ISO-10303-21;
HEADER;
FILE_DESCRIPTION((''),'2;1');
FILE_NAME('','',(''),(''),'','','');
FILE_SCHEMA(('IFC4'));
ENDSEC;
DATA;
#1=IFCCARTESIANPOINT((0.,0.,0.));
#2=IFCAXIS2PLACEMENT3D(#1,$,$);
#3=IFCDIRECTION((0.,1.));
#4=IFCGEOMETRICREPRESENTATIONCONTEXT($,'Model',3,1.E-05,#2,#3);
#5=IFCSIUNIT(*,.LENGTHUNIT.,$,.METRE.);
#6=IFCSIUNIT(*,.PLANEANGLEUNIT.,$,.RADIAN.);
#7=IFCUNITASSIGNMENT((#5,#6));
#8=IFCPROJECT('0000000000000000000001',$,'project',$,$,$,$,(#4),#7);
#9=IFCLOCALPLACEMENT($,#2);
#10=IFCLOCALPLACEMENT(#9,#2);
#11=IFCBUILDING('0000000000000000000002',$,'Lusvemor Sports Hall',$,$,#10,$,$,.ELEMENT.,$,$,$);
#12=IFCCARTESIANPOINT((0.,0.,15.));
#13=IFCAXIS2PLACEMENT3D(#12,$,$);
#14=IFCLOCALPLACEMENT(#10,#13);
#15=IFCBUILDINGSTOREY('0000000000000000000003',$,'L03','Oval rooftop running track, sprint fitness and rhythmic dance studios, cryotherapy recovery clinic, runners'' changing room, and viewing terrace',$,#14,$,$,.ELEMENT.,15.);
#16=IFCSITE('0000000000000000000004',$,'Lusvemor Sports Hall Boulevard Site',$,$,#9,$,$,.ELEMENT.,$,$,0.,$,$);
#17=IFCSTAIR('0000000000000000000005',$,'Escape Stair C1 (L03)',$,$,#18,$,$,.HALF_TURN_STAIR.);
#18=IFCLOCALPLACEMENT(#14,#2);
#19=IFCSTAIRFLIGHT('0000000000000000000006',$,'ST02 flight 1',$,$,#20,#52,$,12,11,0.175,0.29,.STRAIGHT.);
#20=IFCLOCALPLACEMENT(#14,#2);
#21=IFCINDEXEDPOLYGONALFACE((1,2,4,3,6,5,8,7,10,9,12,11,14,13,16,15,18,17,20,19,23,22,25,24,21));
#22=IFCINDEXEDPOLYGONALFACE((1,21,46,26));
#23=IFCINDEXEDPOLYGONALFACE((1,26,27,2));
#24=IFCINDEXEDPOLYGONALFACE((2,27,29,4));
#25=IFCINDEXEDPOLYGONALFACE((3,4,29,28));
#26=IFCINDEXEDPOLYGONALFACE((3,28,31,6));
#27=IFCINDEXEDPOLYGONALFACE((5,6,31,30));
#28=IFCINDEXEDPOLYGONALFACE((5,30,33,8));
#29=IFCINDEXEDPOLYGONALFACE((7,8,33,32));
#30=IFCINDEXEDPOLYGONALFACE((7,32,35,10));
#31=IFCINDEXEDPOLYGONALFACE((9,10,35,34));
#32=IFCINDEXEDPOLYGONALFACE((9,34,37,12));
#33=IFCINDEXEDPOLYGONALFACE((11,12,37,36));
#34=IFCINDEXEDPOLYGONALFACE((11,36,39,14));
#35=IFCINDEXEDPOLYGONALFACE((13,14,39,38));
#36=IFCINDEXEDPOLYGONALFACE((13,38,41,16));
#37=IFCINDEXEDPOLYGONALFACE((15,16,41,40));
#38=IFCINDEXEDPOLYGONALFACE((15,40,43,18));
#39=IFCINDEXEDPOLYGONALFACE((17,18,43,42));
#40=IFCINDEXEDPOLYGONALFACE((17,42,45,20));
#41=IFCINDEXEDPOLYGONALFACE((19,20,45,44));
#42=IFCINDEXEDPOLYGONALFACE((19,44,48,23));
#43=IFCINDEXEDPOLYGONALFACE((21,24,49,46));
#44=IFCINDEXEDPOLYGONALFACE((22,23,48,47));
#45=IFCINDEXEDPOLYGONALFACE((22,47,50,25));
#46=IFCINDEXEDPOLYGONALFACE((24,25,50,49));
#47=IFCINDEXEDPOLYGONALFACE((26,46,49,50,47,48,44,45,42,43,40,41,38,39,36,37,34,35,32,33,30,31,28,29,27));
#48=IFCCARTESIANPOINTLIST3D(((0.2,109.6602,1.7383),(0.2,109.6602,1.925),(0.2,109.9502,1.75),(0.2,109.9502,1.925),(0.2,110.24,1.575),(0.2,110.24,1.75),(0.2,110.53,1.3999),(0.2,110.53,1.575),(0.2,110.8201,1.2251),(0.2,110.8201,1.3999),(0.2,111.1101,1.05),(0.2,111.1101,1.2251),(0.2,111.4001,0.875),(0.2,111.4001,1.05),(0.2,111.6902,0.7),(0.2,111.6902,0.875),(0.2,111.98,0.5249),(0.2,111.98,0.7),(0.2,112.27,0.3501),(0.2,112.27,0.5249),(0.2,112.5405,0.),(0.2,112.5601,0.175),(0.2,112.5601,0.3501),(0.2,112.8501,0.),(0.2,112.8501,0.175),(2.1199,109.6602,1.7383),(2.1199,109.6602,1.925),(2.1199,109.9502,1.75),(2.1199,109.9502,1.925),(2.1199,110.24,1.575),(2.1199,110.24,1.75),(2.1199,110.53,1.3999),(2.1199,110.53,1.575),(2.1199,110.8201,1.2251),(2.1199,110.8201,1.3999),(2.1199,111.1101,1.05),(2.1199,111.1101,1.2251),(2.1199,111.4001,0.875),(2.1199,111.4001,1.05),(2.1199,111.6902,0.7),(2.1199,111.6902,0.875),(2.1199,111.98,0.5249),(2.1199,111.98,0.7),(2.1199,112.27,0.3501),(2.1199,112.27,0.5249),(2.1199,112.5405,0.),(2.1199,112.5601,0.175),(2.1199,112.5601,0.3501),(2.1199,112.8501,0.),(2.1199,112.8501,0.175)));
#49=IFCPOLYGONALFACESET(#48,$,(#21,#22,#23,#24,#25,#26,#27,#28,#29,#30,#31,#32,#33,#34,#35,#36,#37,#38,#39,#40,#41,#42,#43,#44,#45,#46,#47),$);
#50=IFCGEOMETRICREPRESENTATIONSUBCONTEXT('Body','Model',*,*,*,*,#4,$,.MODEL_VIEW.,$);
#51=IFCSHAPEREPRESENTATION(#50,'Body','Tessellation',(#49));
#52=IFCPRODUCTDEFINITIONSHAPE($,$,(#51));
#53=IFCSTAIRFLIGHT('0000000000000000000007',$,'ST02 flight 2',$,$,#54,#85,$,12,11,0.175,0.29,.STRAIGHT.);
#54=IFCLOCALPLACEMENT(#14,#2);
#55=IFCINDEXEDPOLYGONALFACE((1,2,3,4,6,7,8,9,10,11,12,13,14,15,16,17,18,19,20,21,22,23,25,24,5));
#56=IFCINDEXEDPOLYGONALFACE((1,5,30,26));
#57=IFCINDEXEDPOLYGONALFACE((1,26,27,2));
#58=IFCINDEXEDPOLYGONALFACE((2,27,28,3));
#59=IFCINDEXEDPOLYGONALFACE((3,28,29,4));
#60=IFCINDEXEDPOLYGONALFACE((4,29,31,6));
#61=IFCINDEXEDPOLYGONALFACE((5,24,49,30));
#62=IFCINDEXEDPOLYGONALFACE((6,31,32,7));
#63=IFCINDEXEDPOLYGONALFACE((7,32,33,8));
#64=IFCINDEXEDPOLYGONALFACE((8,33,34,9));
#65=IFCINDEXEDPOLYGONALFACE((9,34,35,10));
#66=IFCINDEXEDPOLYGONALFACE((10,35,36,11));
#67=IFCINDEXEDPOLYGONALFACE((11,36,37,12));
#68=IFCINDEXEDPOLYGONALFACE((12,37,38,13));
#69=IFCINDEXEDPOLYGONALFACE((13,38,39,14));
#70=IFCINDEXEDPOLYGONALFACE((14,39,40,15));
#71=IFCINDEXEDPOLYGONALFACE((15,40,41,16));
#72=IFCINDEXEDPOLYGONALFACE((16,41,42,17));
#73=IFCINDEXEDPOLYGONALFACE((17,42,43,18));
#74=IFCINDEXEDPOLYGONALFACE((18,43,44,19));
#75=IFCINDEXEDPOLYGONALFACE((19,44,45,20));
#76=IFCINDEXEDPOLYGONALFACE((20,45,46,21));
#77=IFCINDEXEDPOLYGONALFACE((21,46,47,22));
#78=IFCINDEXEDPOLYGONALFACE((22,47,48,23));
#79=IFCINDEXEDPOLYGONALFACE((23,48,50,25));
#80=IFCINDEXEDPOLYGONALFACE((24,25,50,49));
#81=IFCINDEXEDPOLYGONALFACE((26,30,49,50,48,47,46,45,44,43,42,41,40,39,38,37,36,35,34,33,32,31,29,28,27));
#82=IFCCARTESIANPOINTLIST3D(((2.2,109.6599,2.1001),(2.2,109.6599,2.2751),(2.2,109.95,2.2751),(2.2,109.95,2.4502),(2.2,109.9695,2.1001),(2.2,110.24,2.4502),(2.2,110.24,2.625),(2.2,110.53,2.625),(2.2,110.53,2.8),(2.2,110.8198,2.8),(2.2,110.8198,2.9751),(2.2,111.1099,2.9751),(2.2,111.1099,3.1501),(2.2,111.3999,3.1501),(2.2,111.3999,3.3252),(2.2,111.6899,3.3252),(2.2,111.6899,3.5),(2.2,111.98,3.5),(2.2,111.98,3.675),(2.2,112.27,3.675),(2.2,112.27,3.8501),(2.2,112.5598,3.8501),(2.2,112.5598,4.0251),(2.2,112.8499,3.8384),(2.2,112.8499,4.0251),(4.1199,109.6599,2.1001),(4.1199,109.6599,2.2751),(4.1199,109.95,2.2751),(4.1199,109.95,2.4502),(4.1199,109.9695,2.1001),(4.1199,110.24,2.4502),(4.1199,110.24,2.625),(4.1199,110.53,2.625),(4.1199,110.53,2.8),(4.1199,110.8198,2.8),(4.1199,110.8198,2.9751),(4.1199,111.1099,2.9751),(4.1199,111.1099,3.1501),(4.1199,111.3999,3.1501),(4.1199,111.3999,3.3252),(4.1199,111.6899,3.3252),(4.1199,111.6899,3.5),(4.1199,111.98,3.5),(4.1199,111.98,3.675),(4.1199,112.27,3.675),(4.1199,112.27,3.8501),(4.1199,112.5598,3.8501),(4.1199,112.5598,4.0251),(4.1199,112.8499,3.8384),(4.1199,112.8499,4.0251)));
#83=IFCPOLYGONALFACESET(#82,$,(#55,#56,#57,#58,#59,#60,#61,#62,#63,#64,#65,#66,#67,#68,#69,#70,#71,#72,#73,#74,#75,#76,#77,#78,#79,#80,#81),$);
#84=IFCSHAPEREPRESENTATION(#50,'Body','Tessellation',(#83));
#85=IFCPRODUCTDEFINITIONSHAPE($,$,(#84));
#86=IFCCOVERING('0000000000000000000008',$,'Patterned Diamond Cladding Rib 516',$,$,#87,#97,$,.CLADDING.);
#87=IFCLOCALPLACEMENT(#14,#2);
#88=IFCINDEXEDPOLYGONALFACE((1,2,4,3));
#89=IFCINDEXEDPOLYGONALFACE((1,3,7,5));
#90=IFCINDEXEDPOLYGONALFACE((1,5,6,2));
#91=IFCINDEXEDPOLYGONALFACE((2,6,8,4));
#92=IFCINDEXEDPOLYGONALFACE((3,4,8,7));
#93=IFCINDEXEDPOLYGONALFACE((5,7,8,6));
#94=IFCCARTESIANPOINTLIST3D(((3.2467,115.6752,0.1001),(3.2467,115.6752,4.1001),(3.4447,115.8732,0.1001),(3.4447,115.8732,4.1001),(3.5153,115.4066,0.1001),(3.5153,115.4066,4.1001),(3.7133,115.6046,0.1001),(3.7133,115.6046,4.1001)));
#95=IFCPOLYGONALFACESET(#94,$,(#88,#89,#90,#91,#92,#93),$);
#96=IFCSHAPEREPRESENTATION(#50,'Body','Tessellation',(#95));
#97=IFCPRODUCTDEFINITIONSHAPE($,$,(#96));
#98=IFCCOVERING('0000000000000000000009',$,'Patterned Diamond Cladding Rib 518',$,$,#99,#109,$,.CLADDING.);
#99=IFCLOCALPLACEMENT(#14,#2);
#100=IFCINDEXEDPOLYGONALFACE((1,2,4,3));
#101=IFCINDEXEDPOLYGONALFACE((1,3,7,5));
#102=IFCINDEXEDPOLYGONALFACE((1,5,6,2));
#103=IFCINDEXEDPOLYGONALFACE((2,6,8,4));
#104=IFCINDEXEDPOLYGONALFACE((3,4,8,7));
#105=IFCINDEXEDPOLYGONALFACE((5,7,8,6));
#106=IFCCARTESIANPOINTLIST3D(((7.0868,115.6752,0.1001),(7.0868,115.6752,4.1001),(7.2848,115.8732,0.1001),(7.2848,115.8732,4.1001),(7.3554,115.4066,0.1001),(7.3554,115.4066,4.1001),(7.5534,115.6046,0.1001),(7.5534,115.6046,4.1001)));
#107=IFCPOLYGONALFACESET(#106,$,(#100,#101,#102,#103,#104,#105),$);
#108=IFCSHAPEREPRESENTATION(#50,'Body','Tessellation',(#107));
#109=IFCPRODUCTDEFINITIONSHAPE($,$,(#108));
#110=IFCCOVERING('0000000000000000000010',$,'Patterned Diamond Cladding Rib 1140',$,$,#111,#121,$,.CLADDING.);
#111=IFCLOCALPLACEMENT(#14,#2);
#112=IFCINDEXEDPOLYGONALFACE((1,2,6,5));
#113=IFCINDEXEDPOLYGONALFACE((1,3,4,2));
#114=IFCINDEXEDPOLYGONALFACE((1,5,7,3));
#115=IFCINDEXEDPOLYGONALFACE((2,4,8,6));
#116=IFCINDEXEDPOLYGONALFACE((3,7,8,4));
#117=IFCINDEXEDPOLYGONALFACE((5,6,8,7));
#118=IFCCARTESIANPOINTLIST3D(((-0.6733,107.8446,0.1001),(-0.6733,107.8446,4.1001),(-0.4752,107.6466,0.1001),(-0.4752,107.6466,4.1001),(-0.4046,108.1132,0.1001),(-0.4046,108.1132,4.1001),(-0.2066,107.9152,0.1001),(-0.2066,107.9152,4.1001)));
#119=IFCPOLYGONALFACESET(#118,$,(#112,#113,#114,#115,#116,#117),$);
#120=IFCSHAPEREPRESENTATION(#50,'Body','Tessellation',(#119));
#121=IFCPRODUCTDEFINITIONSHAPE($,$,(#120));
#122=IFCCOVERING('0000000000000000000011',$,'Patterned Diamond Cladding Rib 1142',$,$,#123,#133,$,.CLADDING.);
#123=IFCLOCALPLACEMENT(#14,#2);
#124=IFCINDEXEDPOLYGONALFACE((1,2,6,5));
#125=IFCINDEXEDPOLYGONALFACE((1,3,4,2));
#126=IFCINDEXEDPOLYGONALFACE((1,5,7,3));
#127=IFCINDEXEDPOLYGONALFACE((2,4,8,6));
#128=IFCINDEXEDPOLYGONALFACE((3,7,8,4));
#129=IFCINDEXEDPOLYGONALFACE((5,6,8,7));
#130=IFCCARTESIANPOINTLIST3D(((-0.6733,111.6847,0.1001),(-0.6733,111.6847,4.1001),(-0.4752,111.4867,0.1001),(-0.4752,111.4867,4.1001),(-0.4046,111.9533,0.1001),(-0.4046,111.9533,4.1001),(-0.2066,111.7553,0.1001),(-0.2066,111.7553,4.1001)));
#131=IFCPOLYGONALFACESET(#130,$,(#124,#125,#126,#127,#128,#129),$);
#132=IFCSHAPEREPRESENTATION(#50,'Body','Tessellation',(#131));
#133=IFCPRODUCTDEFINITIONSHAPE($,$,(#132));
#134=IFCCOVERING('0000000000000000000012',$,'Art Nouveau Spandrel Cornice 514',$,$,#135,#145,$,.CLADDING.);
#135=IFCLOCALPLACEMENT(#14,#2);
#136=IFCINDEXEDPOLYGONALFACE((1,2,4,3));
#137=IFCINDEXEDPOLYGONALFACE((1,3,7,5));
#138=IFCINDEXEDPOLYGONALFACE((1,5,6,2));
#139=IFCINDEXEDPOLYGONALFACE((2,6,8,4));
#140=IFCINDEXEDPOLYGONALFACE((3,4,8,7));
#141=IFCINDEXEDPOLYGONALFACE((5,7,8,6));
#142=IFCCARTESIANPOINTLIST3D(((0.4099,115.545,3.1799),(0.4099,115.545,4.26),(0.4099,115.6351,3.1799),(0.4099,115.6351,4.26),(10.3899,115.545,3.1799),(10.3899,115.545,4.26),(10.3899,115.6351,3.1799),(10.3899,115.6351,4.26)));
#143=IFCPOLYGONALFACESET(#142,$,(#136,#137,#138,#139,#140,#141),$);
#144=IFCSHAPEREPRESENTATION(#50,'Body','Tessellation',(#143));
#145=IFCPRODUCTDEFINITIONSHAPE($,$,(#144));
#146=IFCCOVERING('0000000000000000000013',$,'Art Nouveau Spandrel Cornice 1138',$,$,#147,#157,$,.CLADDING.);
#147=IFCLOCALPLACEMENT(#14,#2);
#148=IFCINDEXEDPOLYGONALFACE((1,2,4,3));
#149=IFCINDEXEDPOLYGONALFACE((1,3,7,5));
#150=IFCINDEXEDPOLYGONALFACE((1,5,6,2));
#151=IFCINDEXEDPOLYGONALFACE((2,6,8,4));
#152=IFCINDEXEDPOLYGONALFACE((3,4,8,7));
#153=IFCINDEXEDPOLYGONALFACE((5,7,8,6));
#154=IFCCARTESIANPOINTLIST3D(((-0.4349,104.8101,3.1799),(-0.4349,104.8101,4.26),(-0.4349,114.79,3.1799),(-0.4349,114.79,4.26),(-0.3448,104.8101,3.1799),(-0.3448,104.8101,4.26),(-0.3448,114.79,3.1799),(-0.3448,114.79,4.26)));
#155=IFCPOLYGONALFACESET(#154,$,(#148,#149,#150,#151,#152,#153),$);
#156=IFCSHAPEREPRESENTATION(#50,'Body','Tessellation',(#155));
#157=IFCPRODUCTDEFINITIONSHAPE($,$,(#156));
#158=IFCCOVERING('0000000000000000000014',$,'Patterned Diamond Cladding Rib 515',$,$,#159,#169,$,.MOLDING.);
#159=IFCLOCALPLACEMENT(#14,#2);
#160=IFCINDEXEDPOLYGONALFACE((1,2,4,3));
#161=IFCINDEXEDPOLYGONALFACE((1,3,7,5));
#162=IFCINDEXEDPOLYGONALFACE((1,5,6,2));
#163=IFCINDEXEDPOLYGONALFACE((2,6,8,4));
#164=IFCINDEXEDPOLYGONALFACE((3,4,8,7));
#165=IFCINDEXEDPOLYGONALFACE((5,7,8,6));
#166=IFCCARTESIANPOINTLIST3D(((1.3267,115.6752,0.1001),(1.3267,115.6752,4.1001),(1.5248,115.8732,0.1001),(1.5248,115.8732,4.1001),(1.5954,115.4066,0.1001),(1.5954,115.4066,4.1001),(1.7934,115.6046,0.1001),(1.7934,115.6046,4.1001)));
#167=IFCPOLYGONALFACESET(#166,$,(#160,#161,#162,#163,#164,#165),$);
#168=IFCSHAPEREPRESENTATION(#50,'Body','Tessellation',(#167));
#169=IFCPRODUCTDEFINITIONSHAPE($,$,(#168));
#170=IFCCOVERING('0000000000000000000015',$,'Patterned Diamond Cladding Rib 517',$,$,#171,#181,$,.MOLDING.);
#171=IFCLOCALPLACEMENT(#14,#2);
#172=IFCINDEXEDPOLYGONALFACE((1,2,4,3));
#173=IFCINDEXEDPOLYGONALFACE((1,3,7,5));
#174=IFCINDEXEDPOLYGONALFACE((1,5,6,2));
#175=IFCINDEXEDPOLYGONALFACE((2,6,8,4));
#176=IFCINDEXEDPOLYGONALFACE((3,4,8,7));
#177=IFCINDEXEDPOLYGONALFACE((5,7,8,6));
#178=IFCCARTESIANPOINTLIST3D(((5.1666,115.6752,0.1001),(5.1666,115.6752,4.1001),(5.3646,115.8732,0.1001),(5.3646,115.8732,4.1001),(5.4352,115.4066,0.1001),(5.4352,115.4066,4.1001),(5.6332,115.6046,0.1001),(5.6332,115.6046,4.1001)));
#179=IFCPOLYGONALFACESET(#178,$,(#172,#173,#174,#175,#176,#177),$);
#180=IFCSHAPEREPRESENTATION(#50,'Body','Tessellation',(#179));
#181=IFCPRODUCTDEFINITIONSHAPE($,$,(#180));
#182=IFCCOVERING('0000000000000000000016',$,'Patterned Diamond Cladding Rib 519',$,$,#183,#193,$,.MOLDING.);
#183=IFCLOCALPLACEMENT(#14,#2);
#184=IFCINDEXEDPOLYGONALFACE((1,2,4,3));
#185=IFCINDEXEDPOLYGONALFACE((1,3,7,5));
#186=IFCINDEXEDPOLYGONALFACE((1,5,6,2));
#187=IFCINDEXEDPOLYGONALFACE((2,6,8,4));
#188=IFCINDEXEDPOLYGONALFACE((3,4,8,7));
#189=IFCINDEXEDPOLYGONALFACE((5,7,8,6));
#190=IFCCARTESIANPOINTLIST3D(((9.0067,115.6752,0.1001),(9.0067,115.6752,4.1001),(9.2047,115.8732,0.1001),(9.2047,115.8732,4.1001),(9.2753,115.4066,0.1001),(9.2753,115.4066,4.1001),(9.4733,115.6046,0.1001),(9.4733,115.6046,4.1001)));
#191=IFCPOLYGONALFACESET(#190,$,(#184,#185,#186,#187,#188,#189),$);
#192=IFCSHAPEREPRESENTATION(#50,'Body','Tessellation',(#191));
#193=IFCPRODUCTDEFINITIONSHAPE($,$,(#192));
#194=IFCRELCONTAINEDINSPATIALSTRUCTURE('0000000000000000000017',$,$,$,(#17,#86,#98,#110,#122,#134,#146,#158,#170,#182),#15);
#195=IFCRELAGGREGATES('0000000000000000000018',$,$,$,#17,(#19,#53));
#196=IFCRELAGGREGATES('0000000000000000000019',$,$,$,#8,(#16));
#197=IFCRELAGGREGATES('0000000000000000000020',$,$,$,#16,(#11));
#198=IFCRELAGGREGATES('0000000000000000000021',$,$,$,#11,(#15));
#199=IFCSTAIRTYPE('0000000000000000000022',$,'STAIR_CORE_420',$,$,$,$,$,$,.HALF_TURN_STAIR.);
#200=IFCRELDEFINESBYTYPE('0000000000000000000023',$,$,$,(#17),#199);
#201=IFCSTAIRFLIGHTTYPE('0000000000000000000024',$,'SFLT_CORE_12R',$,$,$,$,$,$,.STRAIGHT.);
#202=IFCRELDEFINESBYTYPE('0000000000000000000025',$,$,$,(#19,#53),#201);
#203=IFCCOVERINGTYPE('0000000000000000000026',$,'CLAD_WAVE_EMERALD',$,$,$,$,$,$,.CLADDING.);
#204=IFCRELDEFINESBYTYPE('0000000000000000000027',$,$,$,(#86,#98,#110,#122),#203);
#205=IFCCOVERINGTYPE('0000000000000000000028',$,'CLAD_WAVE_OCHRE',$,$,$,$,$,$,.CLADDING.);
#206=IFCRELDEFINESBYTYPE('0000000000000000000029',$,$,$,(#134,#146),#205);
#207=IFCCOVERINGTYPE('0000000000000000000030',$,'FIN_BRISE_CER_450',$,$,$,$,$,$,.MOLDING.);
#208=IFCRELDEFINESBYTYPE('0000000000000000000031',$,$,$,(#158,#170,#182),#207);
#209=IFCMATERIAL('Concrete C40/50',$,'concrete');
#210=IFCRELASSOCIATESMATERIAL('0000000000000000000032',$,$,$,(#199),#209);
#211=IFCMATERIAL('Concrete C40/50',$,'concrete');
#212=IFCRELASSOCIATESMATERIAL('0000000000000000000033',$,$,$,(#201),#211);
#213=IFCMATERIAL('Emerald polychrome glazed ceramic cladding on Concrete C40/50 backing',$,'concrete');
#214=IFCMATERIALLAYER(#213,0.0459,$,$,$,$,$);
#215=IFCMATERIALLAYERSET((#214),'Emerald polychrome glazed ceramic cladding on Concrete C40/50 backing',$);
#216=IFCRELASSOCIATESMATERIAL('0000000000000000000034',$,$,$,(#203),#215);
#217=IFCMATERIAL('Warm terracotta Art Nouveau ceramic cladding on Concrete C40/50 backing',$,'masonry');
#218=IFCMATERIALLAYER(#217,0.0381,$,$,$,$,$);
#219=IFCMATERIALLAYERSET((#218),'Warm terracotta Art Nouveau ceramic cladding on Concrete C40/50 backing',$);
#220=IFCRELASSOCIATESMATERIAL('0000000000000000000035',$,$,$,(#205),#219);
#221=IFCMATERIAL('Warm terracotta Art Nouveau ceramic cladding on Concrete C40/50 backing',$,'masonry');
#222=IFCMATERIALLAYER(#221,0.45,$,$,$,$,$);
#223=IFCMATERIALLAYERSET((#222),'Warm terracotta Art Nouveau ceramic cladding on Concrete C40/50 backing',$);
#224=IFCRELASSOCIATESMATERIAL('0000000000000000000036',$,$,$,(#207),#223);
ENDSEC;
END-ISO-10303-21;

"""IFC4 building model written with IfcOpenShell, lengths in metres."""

from ifc_helpers import new_model, si_unit, direction, frame, origin, origin_2d, place, context, subcontext, project, spatial, polyline, rectangle, outline, extrude, material, layer, layer_set, type_object, element, aggregate, save


model = new_model("IFC4")

# Units and contexts
model_context = context("Model", 3, precision=1e-05, world=origin(), true_north=direction((0.0, 1.0)))
body_context = subcontext(model_context, "Body", "Model", "MODEL_VIEW")
ifc_project = project(units=[si_unit("LENGTHUNIT", "METRE"), si_unit("PLANEANGLEUNIT", "RADIAN")], contexts=[model_context])

# Site, building, storey
site_placement = place(None, origin())
site = spatial("IfcSite", under=ifc_project, at=site_placement, Name="Lusvemor Sports Hall Boulevard Site", CompositionType="ELEMENT", RefElevation=0.0)
building_placement = place(site_placement, origin())
building = spatial("IfcBuilding", under=site, at=building_placement, Name="Lusvemor Sports Hall", CompositionType="ELEMENT")
storey_placement = place(building_placement, frame((0.0, 0.0, 15.0)))
storey = spatial("IfcBuildingStorey", under=building, at=storey_placement, Name="L03", Description="Oval rooftop running track, sprint fitness and rhythmic dance studios, cryotherapy recovery clinic, runners' changing room, and viewing terrace", CompositionType="ELEMENT", Elevation=15.0)

# Stair, stair flights
ifc_material_1 = material(Name="Concrete C40/50", Category="concrete")
stair_type = type_object("IfcStairType", Name="STAIR_CORE_420", PredefinedType="HALF_TURN_STAIR", material=ifc_material_1)
stair_placement = place(storey_placement, origin())
stair = element("IfcStair", 1, at=stair_placement, inside=storey, type_object=stair_type, Name="Escape Stair C1 (L03)", PredefinedType="HALF_TURN_STAIR")
ifc_material_2 = material(Name="Concrete C40/50", Category="concrete")
stair_flight_type = type_object("IfcStairFlightType", Name="SFLT_CORE_12R", PredefinedType="STRAIGHT", material=ifc_material_2)
stair_flight_1_placement = place(storey_placement, frame((1.1599, 112.8501, 0.0), z_axis=(0.0, 0.0, 1.0), x_axis=(0.0, -1.0, 0.0)))
stair_flight_1 = element("IfcStairFlight", 2, at=stair_flight_1_placement, type_object=stair_flight_type, Name="ST02 flight 1", NumberOfRisers=12, NumberOfTreads=11, PredefinedType="STRAIGHT", RiserHeight=0.175, TreadLength=0.29, context=body_context, shape_type="SweptSolid", body=[
    extrude(outline(polyline([(0.0, 0.0), (0.0, 0.175), (0.29, 0.175), (0.29, 0.3501), (0.5801, 0.3501), (0.5801, 0.5249), (0.8701, 0.5249), (0.8701, 0.7), (1.1599, 0.7), (1.1599, 0.875), (1.45, 0.875), (1.45, 1.05), (1.74, 1.05), (1.74, 1.2251), (2.03, 1.2251), (2.03, 1.3999), (2.3201, 1.3999), (2.3201, 1.575), (2.6101, 1.575), (2.6101, 1.75), (2.8999, 1.75), (2.8999, 1.925), (3.1899, 1.925), (3.1899, 2.1001), (3.1899, 1.7383), (0.3096, 0.0), (0.0, 0.0)])), frame((0.0, 0.96, 0.0), z_axis=(0.0, -1.0, 0.0), x_axis=(1.0, 0.0, 0.0)), (0.0, 0.0, 1.0), 1.9199),
])
stair_flight_2_placement = place(storey_placement, frame((3.1599, 109.6599, 2.1001), z_axis=(0.0, 0.0, 1.0), x_axis=(0.0, 1.0, 0.0)))
stair_flight_2 = element("IfcStairFlight", 3, at=stair_flight_2_placement, type_object=stair_flight_type, Name="ST02 flight 2", NumberOfRisers=12, NumberOfTreads=11, PredefinedType="STRAIGHT", RiserHeight=0.175, TreadLength=0.29, context=body_context, shape_type="SweptSolid", body=[
    extrude(outline(polyline([(0.0, 0.0), (0.0, 0.175), (0.29, 0.175), (0.29, 0.3501), (0.5801, 0.3501), (0.5801, 0.5249), (0.8701, 0.5249), (0.8701, 0.7), (1.1599, 0.7), (1.1599, 0.875), (1.45, 0.875), (1.45, 1.05), (1.74, 1.05), (1.74, 1.2251), (2.03, 1.2251), (2.03, 1.3999), (2.3201, 1.3999), (2.3201, 1.575), (2.6101, 1.575), (2.6101, 1.75), (2.8999, 1.75), (2.8999, 1.925), (3.1899, 1.925), (3.1899, 2.1001), (3.1899, 1.7383), (0.3096, 0.0), (0.0, 0.0)])), frame((0.0, 0.96, 0.0), z_axis=(0.0, -1.0, 0.0), x_axis=(1.0, 0.0, 0.0)), (0.0, 0.0, 1.0), 1.9199),
])
aggregate(stair, [stair_flight_1, stair_flight_2])

# Coverings
ifc_material_3 = material(Name="Emerald polychrome glazed ceramic cladding on Concrete C40/50 backing", Category="concrete")
ifc_layer_1 = layer(ifc_material_3, 0.0459)
ifc_layer_set_1 = layer_set([ifc_layer_1], Name="Emerald polychrome glazed ceramic cladding on Concrete C40/50 backing")
covering_type_1 = type_object("IfcCoveringType", Name="CLAD_WAVE_EMERALD", PredefinedType="CLADDING", material=ifc_layer_set_1)
for number, where, z_axis, x_axis, name in (
    (4, (3.48, 115.6399, 0.1001), (0.0, 0.0, 1.0), (0.707107, 0.707107, 0.0), "Patterned Diamond Cladding Rib 516"),
    (5, (7.3201, 115.6399, 0.1001), (0.0, 0.0, 1.0), (0.707107, 0.707107, 0.0), "Patterned Diamond Cladding Rib 518"),
):
    element("IfcCovering", number, at=place(storey_placement, frame(where, z_axis=z_axis, x_axis=x_axis)), inside=storey, type_object=covering_type_1, Name=name, PredefinedType="CLADDING", context=body_context, shape_type="SweptSolid", body=[
        extrude(rectangle(XDim=0.28, YDim=0.3799, at=origin_2d()), origin(), (0.0, 0.0, 1.0), 4.0),
    ])
for number, where, z_axis, x_axis, name in (
    (6, (-0.4399, 107.8799, 0.1001), (0.0, 0.0, 1.0), (0.707107, 0.707107, 0.0), "Patterned Diamond Cladding Rib 1140"),
    (7, (-0.4399, 111.72, 0.1001), (0.0, 0.0, 1.0), (0.707107, 0.707107, 0.0), "Patterned Diamond Cladding Rib 1142"),
):
    element("IfcCovering", number, at=place(storey_placement, frame(where, z_axis=z_axis, x_axis=x_axis)), inside=storey, type_object=covering_type_1, Name=name, PredefinedType="CLADDING", context=body_context, shape_type="SweptSolid", body=[
        extrude(rectangle(XDim=0.3799, YDim=0.28, at=origin_2d()), origin(), (0.0, 0.0, 1.0), 4.0),
    ])
ifc_material_4 = material(Name="Warm terracotta Art Nouveau ceramic cladding on Concrete C40/50 backing", Category="masonry")
ifc_layer_2 = layer(ifc_material_4, 0.0381)
ifc_layer_set_2 = layer_set([ifc_layer_2], Name="Warm terracotta Art Nouveau ceramic cladding on Concrete C40/50 backing")
covering_type_2 = type_object("IfcCoveringType", Name="CLAD_WAVE_OCHRE", PredefinedType="CLADDING", material=ifc_layer_set_2)
covering_1_placement = place(storey_placement, frame((5.3999, 115.5901, 3.1799), z_axis=(0.0, 0.0, 1.0), x_axis=(1.0, 0.0, 0.0)))
element("IfcCovering", 8, at=covering_1_placement, inside=storey, type_object=covering_type_2, Name="Art Nouveau Spandrel Cornice 514", PredefinedType="CLADDING", context=body_context, shape_type="SweptSolid", body=[
    extrude(rectangle(XDim=9.98, YDim=0.0901, at=origin_2d()), origin(), (0.0, 0.0, 1.0), 1.0801),
])
covering_2_placement = place(storey_placement, frame((-0.3899, 109.8, 3.1799), z_axis=(0.0, 0.0, 1.0), x_axis=(1.0, 0.0, 0.0)))
element("IfcCovering", 9, at=covering_2_placement, inside=storey, type_object=covering_type_2, Name="Art Nouveau Spandrel Cornice 1138", PredefinedType="CLADDING", context=body_context, shape_type="SweptSolid", body=[
    extrude(rectangle(XDim=0.0901, YDim=9.98, at=origin_2d()), origin(), (0.0, 0.0, 1.0), 1.0801),
])
ifc_material_5 = material(Name="Warm terracotta Art Nouveau ceramic cladding on Concrete C40/50 backing", Category="masonry")
ifc_layer_3 = layer(ifc_material_5, 0.45)
ifc_layer_set_3 = layer_set([ifc_layer_3], Name="Warm terracotta Art Nouveau ceramic cladding on Concrete C40/50 backing")
covering_type_3 = type_object("IfcCoveringType", Name="FIN_BRISE_CER_450", PredefinedType="MOLDING", material=ifc_layer_set_3)
for number, where, z_axis, x_axis, name in (
    (10, (1.5601, 115.6399, 0.1001), (0.0, 0.0, 1.0), (0.707107, 0.707107, 0.0), "Patterned Diamond Cladding Rib 515"),
    (11, (5.3999, 115.6399, 0.1001), (0.0, 0.0, 1.0), (0.707107, 0.707107, 0.0), "Patterned Diamond Cladding Rib 517"),
    (12, (9.24, 115.6399, 0.1001), (0.0, 0.0, 1.0), (0.707107, 0.707107, 0.0), "Patterned Diamond Cladding Rib 519"),
):
    element("IfcCovering", number, at=place(storey_placement, frame(where, z_axis=z_axis, x_axis=x_axis)), inside=storey, type_object=covering_type_3, Name=name, PredefinedType="MOLDING", context=body_context, shape_type="SweptSolid", body=[
        extrude(rectangle(XDim=0.28, YDim=0.3799, at=origin_2d()), origin(), (0.0, 0.0, 1.0), 4.0),
    ])

save(model, "model.ifc")
